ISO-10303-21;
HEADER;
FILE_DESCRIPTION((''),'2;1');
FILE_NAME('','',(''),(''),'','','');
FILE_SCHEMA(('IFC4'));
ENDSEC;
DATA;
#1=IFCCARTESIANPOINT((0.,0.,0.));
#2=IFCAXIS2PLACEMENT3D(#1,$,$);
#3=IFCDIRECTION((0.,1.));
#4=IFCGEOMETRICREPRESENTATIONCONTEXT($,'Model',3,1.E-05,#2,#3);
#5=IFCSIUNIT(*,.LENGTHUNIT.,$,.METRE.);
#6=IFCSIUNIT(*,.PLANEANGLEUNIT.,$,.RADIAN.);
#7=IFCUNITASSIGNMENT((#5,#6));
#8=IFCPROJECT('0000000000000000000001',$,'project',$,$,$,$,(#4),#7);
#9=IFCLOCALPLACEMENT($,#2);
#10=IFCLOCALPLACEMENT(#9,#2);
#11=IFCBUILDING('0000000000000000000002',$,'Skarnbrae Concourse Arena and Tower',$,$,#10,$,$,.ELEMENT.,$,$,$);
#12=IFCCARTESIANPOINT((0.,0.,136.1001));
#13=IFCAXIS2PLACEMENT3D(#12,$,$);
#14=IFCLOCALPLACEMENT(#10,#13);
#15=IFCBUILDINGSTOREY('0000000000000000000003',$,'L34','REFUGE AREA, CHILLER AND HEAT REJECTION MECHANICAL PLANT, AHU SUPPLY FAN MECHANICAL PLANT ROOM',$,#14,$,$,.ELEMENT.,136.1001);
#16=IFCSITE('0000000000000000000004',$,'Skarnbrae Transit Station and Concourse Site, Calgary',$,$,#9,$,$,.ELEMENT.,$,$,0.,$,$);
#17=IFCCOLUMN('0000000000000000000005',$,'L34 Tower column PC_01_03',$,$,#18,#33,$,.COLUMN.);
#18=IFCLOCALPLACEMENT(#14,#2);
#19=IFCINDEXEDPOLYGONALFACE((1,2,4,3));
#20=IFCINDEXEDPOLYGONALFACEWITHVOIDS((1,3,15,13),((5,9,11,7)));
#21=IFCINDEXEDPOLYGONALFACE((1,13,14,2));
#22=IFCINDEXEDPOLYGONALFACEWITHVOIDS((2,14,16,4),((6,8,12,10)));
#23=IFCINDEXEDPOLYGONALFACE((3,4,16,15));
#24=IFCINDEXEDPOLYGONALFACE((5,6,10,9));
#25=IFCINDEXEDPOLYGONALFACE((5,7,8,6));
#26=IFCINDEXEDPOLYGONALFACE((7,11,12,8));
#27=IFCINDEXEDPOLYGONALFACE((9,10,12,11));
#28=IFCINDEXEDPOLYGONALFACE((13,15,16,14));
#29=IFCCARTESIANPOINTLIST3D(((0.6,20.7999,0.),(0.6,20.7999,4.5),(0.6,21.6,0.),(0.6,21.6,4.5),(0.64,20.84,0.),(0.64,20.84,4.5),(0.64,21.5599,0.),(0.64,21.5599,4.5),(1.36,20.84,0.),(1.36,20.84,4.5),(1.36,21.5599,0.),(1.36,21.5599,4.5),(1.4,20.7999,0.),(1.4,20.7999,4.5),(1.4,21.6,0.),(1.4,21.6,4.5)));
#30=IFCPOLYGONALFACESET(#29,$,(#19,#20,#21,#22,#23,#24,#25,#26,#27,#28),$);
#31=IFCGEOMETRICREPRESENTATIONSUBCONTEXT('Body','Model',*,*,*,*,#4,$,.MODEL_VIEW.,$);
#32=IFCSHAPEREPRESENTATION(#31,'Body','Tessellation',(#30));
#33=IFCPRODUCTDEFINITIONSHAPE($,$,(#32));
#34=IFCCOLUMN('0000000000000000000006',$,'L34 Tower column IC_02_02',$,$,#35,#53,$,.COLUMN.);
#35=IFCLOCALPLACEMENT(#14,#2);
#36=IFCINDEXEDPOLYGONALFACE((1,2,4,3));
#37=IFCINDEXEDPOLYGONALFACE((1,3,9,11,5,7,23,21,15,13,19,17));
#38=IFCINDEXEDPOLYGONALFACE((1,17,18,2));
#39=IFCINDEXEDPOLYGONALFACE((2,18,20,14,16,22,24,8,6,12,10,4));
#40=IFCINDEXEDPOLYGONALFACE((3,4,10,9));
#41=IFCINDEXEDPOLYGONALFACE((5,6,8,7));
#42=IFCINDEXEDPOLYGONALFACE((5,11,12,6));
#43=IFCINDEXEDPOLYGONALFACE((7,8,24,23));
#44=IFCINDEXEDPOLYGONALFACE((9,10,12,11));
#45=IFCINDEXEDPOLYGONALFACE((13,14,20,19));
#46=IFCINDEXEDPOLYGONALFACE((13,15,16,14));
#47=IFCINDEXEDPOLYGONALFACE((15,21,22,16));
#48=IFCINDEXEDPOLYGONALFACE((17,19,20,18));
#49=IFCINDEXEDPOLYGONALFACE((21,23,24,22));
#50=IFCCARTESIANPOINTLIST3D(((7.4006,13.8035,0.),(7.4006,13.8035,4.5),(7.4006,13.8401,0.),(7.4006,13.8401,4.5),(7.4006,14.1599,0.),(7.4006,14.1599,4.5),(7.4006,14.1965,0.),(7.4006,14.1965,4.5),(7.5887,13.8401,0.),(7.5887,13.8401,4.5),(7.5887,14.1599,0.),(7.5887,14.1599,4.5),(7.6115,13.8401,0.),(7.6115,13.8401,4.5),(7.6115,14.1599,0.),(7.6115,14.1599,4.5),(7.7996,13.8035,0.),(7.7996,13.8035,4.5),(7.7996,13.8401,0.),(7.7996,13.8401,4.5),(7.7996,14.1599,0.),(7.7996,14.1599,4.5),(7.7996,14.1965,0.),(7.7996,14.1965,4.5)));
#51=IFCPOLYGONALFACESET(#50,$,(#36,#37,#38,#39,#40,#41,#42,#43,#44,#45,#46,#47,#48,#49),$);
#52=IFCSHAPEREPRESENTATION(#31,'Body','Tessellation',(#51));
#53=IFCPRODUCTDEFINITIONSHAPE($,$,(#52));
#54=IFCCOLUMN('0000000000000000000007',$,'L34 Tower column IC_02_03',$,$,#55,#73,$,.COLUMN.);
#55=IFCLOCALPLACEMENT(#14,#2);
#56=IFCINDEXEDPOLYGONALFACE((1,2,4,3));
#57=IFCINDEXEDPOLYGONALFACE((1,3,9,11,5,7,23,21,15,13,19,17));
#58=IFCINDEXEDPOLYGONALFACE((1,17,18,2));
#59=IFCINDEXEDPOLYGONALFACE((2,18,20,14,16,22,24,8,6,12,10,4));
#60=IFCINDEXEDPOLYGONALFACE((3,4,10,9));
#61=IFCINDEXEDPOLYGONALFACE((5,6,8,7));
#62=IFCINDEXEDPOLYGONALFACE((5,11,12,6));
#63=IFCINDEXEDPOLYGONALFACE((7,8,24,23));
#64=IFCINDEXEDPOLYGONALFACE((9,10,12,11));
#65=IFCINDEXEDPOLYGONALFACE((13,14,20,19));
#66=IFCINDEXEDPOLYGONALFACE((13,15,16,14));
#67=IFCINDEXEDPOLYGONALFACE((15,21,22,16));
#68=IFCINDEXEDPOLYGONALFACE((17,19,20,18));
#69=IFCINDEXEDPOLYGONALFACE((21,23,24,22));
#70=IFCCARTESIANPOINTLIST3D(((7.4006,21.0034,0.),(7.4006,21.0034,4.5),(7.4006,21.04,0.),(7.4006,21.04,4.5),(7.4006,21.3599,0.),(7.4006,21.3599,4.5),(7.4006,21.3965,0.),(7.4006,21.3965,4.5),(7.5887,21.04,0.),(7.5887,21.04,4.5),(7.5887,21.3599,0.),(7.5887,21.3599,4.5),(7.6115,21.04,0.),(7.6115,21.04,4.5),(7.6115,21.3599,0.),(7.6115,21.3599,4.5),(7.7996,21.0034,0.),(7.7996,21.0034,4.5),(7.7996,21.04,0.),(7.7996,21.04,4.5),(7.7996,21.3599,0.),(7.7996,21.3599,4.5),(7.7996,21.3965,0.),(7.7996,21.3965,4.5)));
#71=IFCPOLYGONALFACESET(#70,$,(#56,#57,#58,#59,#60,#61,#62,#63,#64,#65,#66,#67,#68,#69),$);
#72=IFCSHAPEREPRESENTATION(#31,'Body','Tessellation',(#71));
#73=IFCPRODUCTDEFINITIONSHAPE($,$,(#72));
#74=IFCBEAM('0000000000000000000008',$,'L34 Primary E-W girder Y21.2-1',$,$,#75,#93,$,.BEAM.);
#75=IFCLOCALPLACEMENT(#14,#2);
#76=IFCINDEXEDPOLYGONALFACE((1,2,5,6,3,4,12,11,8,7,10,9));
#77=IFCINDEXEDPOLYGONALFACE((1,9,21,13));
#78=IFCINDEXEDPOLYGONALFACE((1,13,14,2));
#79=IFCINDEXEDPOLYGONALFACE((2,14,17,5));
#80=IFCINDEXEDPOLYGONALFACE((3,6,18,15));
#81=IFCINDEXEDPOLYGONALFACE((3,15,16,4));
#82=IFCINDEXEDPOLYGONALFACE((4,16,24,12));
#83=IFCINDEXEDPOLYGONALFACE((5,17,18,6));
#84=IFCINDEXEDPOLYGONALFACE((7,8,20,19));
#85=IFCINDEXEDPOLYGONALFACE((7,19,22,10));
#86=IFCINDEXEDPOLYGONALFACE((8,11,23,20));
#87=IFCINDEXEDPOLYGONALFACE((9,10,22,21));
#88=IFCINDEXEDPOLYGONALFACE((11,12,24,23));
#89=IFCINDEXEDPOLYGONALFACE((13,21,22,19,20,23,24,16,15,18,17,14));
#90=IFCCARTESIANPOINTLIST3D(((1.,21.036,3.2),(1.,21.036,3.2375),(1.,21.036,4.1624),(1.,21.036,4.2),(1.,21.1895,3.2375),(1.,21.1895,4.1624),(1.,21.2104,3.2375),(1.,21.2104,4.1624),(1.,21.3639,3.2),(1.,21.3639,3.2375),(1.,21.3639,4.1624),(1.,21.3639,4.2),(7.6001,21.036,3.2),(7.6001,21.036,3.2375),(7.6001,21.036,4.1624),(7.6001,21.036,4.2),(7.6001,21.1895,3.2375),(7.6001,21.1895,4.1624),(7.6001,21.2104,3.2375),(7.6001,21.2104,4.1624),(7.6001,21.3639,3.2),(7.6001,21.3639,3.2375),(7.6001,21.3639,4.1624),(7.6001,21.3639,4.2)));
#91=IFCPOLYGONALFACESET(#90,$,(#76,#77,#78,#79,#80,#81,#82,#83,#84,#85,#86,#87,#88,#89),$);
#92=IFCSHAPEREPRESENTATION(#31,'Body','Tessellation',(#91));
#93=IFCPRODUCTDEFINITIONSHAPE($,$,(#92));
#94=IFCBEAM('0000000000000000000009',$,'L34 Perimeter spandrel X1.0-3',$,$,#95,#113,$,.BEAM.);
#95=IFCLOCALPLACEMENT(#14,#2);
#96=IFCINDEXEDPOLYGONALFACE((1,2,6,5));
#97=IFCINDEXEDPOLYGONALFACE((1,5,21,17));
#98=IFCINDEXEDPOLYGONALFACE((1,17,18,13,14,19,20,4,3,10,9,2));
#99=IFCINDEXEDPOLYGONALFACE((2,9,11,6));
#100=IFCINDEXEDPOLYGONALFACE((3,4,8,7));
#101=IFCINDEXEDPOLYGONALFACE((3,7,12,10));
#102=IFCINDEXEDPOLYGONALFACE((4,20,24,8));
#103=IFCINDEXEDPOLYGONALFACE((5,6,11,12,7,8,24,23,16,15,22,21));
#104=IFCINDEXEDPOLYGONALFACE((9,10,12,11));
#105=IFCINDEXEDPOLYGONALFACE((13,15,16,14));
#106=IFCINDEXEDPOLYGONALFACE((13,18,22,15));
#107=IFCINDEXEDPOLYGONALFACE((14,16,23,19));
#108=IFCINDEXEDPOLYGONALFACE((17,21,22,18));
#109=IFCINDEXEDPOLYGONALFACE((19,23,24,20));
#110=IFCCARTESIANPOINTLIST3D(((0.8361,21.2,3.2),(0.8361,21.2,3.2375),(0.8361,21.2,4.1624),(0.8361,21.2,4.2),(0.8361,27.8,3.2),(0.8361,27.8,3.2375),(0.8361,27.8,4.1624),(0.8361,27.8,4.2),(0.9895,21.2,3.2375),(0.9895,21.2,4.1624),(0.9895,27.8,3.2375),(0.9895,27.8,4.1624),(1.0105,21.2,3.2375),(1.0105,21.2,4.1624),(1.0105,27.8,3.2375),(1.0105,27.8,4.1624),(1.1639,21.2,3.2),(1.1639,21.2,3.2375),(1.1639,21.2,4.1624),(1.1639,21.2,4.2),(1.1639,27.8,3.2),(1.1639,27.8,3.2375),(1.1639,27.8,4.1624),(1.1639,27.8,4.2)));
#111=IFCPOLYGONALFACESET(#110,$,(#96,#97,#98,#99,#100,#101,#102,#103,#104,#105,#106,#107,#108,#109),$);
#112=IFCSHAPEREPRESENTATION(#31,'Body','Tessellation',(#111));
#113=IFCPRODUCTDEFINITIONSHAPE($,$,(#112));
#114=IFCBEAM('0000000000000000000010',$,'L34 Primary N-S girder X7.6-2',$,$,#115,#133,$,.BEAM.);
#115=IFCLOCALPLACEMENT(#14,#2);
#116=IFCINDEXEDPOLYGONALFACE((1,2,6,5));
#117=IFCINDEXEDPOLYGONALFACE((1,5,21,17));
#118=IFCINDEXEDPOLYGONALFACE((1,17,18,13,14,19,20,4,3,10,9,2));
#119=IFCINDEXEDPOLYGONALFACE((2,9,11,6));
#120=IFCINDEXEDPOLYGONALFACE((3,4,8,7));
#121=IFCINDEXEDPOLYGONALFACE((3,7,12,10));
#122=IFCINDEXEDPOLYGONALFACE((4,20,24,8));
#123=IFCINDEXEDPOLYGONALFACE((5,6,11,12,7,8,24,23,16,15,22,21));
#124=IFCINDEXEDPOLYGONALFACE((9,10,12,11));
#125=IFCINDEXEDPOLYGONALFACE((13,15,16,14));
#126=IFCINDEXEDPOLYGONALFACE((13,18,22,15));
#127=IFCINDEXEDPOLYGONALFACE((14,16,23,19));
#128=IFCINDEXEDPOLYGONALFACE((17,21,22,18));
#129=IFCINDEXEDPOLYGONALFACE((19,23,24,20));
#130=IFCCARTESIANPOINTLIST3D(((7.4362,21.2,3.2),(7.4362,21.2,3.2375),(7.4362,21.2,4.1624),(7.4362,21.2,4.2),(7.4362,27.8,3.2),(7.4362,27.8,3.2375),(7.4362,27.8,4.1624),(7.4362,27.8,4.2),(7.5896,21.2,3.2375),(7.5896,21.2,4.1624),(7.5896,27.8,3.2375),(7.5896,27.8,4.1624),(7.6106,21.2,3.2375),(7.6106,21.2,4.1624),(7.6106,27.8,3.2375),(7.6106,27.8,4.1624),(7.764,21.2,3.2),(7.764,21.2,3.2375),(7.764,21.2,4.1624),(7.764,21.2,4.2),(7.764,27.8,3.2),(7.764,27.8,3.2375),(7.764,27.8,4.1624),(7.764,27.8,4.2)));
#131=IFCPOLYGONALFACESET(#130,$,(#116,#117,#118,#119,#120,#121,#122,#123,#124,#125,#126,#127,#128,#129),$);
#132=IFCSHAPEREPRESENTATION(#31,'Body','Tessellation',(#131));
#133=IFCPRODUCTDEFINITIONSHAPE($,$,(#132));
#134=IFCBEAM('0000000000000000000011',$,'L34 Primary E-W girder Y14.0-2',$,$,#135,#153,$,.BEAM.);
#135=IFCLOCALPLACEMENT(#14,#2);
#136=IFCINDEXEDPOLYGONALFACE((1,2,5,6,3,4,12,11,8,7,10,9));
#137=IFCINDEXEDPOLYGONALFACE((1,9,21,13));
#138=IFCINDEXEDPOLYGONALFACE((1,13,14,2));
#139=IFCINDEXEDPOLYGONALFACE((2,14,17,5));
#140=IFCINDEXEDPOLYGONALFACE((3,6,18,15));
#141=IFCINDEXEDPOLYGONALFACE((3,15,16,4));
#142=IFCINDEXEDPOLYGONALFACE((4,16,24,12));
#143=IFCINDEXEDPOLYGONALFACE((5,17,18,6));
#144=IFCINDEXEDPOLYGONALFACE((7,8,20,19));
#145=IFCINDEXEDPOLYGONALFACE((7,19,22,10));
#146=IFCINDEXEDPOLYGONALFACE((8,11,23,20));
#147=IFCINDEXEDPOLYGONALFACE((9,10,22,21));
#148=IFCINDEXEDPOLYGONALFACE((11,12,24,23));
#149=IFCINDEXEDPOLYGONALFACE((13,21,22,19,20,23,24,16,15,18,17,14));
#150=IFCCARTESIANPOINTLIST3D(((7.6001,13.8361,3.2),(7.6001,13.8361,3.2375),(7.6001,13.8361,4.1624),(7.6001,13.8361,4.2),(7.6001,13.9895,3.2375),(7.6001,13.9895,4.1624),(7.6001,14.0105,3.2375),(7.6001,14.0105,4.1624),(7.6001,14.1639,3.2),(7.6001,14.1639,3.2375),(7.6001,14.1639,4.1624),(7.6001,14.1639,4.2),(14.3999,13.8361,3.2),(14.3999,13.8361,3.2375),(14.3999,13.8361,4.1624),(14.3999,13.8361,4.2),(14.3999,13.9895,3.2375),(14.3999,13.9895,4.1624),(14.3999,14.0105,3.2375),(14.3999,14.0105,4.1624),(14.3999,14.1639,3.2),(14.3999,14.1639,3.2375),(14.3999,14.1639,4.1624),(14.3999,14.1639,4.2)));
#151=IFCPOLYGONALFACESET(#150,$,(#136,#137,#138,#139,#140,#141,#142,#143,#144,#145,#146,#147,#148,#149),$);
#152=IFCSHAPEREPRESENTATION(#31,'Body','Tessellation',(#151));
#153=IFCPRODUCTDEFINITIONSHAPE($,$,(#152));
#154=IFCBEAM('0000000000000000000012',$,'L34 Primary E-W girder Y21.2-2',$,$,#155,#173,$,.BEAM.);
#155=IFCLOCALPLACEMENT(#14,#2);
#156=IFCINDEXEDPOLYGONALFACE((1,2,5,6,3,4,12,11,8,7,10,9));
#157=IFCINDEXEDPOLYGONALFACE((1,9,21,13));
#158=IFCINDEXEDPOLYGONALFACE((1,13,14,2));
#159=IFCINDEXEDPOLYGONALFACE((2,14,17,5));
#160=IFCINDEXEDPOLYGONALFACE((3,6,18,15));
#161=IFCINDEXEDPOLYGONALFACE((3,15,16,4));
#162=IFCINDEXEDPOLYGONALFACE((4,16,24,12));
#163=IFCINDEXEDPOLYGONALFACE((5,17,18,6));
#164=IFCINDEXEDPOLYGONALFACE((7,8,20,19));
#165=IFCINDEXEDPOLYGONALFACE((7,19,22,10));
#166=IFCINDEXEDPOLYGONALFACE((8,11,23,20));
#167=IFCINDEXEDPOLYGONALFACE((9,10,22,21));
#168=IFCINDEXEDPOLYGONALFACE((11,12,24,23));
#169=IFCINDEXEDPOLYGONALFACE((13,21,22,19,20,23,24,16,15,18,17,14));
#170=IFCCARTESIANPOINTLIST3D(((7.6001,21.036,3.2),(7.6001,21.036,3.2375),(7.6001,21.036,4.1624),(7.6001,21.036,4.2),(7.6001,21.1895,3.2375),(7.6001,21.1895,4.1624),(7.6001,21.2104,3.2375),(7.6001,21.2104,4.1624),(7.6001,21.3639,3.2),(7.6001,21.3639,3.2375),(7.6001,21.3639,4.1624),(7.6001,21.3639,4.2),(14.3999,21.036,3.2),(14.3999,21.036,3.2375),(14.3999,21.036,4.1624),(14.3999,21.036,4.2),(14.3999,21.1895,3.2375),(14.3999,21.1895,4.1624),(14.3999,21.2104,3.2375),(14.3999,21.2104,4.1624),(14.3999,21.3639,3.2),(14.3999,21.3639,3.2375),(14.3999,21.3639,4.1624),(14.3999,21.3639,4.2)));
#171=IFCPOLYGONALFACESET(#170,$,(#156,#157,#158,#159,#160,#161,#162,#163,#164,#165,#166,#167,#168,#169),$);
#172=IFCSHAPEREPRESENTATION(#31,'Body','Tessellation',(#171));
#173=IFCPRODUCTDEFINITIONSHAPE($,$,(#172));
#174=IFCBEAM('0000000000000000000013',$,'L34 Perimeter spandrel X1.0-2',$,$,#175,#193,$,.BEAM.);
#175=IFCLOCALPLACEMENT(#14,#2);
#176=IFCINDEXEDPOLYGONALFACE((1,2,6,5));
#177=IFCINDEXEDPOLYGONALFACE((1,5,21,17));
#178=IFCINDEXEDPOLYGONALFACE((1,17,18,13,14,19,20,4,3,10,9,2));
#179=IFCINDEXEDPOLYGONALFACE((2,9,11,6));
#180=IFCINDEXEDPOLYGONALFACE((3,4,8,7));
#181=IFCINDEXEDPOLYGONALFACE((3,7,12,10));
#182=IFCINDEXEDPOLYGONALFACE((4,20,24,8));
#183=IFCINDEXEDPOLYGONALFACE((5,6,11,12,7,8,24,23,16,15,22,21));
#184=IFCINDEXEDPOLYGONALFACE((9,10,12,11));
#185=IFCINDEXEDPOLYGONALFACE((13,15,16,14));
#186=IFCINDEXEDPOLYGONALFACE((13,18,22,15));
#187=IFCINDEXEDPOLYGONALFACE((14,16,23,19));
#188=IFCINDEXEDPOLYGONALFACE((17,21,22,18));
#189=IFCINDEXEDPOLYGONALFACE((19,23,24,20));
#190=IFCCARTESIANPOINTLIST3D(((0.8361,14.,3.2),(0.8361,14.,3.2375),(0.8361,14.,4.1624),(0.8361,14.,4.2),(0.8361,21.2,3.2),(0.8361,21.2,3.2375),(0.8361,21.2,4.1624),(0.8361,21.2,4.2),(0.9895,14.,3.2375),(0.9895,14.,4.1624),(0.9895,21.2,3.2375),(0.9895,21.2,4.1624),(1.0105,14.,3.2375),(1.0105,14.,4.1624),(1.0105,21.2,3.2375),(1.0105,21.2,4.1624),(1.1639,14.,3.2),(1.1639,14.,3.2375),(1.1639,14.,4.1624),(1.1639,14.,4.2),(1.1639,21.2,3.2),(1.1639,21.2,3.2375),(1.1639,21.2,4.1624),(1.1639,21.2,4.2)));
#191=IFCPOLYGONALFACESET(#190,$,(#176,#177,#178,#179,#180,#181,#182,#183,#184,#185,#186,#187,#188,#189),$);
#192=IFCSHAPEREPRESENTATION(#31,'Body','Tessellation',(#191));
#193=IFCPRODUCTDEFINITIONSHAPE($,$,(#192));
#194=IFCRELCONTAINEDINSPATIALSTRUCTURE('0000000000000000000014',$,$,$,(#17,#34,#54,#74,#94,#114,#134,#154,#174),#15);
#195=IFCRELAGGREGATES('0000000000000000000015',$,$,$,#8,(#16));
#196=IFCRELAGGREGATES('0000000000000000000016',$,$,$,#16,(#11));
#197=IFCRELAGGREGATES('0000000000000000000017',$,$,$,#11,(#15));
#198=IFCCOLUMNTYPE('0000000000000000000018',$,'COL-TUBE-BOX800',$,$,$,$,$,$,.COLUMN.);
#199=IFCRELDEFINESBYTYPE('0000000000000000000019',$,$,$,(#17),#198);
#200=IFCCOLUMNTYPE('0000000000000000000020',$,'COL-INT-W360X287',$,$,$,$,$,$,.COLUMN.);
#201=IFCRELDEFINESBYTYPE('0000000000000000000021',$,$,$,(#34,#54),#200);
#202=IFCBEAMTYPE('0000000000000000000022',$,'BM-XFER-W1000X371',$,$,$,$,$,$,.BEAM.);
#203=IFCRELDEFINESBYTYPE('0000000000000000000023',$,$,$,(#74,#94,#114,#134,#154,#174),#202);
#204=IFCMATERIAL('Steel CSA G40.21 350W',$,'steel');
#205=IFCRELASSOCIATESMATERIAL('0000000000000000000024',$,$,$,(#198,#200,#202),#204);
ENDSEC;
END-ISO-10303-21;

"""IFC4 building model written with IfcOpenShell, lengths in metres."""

from ifc_helpers import new_model, si_unit, direction, frame, origin, origin_2d, place, context, subcontext, project, spatial, hollow_rectangle, i_section, extrude, source, transform, mapped, material, material_profile, profile_set, type_object, element, save


model = new_model("IFC4")

# Units and contexts
model_context = context("Model", 3, precision=1e-05, world=origin(), true_north=direction((0.0, 1.0)))
body_context = subcontext(model_context, "Body", "Model", "MODEL_VIEW")
ifc_project = project(units=[si_unit("LENGTHUNIT", "METRE"), si_unit("PLANEANGLEUNIT", "RADIAN")], contexts=[model_context])

# Site, building, storey
site_placement = place(None, origin())
site = spatial("IfcSite", under=ifc_project, at=site_placement, Name="Skarnbrae Transit Station and Concourse Site, Calgary", CompositionType="ELEMENT", RefElevation=0.0)
building_placement = place(site_placement, origin())
building = spatial("IfcBuilding", under=site, at=building_placement, Name="Skarnbrae Concourse Arena and Tower", CompositionType="ELEMENT")
storey_placement = place(building_placement, frame((0.0, 0.0, 136.1001)))
storey = spatial("IfcBuildingStorey", under=building, at=storey_placement, Name="L34", Description="REFUGE AREA, CHILLER AND HEAT REJECTION MECHANICAL PLANT, AHU SUPPLY FAN MECHANICAL PLANT ROOM", CompositionType="ELEMENT", Elevation=136.1001)

# Columns
ifc_material_1 = material(Name="Steel CSA G40.21 350W", Category="steel")
ifc_material_profile_1 = material_profile(ifc_material_1, hollow_rectangle(XDim=0.8, YDim=0.8, WallThickness=0.04, at=origin_2d()), Name="BOX800X800X40")
ifc_profile_set_1 = profile_set([ifc_material_profile_1], Name="Steel CSA G40.21 350W")
column_type_1 = type_object("IfcColumnType", Name="COL-TUBE-BOX800", PredefinedType="COLUMN", material=ifc_profile_set_1)
shared_shape_1 = source(origin(), body_context, "Body", "SweptSolid", [
    extrude(hollow_rectangle(XDim=0.8, YDim=0.8, WallThickness=0.04, at=origin_2d()), origin(), (0.0, 0.0, 1.0), 4.5),
])
column_placement = place(storey_placement, frame((1.0, 21.2, 0.0), z_axis=(0.0, 0.0, 1.0), x_axis=(1.0, 0.0, 0.0)))
element("IfcColumn", 1, at=column_placement, inside=storey, type_object=column_type_1, Name="L34 Tower column PC_01_03", PredefinedType="COLUMN", context=body_context, shape_type="MappedRepresentation", body=[
    mapped(shared_shape_1, transform((0.0, 0.0, 0.0))),
])
ifc_material_profile_2 = material_profile(ifc_material_1, i_section(OverallWidth=0.3989, OverallDepth=0.3931, WebThickness=0.0227, FlangeThickness=0.0366, at=origin_2d()), Name="W360X287")
ifc_profile_set_2 = profile_set([ifc_material_profile_2], Name="Steel CSA G40.21 350W")
column_type_2 = type_object("IfcColumnType", Name="COL-INT-W360X287", PredefinedType="COLUMN", material=ifc_profile_set_2)
shared_shape_2 = source(origin(), body_context, "Body", "SweptSolid", [
    extrude(i_section(OverallWidth=0.3989, OverallDepth=0.3931, WebThickness=0.0227, FlangeThickness=0.0366, at=origin_2d()), origin(), (0.0, 0.0, 1.0), 4.5),
])
for number, where, z_axis, x_axis, name in (
    (2, (7.6001, 14.0, 0.0), (0.0, 0.0, 1.0), (1.0, 0.0, 0.0), "L34 Tower column IC_02_02"),
    (3, (7.6001, 21.2, 0.0), (0.0, 0.0, 1.0), (1.0, 0.0, 0.0), "L34 Tower column IC_02_03"),
):
    element("IfcColumn", number, at=place(storey_placement, frame(where, z_axis=z_axis, x_axis=x_axis)), inside=storey, type_object=column_type_2, Name=name, PredefinedType="COLUMN", context=body_context, shape_type="MappedRepresentation", body=[
        mapped(shared_shape_2, transform((0.0, 0.0, 0.0))),
    ])

# Beams
ifc_material_profile_3 = material_profile(ifc_material_1, i_section(OverallWidth=0.3279, OverallDepth=1.0, WebThickness=0.021, FlangeThickness=0.0376, at=origin_2d()), Name="W1000X371")
ifc_profile_set_3 = profile_set([ifc_material_profile_3], Name="Steel CSA G40.21 350W")
beam_type_1 = type_object("IfcBeamType", Name="BM-XFER-W1000X371", PredefinedType="BEAM", material=ifc_profile_set_3)
shared_shape_3 = source(origin(), body_context, "Body", "SweptSolid", [
    extrude(i_section(OverallWidth=0.3279, OverallDepth=1.0, WebThickness=0.021, FlangeThickness=0.0376, at=origin_2d()), origin(), (0.0, 0.0, 1.0), 6.6001),
])
for number, where, z_axis, x_axis, name in (
    (4, (1.0, 21.2, 3.7), (1.0, 0.0, 0.0), (0.0, 1.0, 0.0), "L34 Primary E-W girder Y21.2-1"),
    (5, (1.0, 21.2, 3.7), (0.0, 1.0, 0.0), (-1.0, 0.0, 0.0), "L34 Perimeter spandrel X1.0-3"),
    (6, (7.6001, 21.2, 3.7), (0.0, 1.0, 0.0), (-1.0, 0.0, 0.0), "L34 Primary N-S girder X7.6-2"),
):
    element("IfcBeam", number, at=place(storey_placement, frame(where, z_axis=z_axis, x_axis=x_axis)), inside=storey, type_object=beam_type_1, Name=name, PredefinedType="BEAM", context=body_context, shape_type="MappedRepresentation", body=[
        mapped(shared_shape_3, transform((0.0, 0.0, 0.0))),
    ])
shared_shape_4 = source(origin(), body_context, "Body", "SweptSolid", [
    extrude(i_section(OverallWidth=0.3279, OverallDepth=1.0, WebThickness=0.021, FlangeThickness=0.0376, at=origin_2d()), origin(), (0.0, 0.0, 1.0), 6.7998),
])
for number, where, z_axis, x_axis, name in (
    (7, (7.6001, 14.0, 3.7), (1.0, 0.0, 0.0), (0.0, 1.0, 0.0), "L34 Primary E-W girder Y14.0-2"),
    (8, (7.6001, 21.2, 3.7), (1.0, 0.0, 0.0), (0.0, 1.0, 0.0), "L34 Primary E-W girder Y21.2-2"),
):
    element("IfcBeam", number, at=place(storey_placement, frame(where, z_axis=z_axis, x_axis=x_axis)), inside=storey, type_object=beam_type_1, Name=name, PredefinedType="BEAM", context=body_context, shape_type="MappedRepresentation", body=[
        mapped(shared_shape_4, transform((0.0, 0.0, 0.0))),
    ])
shared_shape_5 = source(origin(), body_context, "Body", "SweptSolid", [
    extrude(i_section(OverallWidth=0.3279, OverallDepth=1.0, WebThickness=0.021, FlangeThickness=0.0376, at=origin_2d()), origin(), (0.0, 0.0, 1.0), 7.2),
])
for number, where, z_axis, x_axis, name in (
    (9, (1.0, 14.0, 3.7), (0.0, 1.0, 0.0), (-1.0, 0.0, 0.0), "L34 Perimeter spandrel X1.0-2"),
):
    element("IfcBeam", number, at=place(storey_placement, frame(where, z_axis=z_axis, x_axis=x_axis)), inside=storey, type_object=beam_type_1, Name=name, PredefinedType="BEAM", context=body_context, shape_type="MappedRepresentation", body=[
        mapped(shared_shape_5, transform((0.0, 0.0, 0.0))),
    ])

save(model, "model.ifc")
